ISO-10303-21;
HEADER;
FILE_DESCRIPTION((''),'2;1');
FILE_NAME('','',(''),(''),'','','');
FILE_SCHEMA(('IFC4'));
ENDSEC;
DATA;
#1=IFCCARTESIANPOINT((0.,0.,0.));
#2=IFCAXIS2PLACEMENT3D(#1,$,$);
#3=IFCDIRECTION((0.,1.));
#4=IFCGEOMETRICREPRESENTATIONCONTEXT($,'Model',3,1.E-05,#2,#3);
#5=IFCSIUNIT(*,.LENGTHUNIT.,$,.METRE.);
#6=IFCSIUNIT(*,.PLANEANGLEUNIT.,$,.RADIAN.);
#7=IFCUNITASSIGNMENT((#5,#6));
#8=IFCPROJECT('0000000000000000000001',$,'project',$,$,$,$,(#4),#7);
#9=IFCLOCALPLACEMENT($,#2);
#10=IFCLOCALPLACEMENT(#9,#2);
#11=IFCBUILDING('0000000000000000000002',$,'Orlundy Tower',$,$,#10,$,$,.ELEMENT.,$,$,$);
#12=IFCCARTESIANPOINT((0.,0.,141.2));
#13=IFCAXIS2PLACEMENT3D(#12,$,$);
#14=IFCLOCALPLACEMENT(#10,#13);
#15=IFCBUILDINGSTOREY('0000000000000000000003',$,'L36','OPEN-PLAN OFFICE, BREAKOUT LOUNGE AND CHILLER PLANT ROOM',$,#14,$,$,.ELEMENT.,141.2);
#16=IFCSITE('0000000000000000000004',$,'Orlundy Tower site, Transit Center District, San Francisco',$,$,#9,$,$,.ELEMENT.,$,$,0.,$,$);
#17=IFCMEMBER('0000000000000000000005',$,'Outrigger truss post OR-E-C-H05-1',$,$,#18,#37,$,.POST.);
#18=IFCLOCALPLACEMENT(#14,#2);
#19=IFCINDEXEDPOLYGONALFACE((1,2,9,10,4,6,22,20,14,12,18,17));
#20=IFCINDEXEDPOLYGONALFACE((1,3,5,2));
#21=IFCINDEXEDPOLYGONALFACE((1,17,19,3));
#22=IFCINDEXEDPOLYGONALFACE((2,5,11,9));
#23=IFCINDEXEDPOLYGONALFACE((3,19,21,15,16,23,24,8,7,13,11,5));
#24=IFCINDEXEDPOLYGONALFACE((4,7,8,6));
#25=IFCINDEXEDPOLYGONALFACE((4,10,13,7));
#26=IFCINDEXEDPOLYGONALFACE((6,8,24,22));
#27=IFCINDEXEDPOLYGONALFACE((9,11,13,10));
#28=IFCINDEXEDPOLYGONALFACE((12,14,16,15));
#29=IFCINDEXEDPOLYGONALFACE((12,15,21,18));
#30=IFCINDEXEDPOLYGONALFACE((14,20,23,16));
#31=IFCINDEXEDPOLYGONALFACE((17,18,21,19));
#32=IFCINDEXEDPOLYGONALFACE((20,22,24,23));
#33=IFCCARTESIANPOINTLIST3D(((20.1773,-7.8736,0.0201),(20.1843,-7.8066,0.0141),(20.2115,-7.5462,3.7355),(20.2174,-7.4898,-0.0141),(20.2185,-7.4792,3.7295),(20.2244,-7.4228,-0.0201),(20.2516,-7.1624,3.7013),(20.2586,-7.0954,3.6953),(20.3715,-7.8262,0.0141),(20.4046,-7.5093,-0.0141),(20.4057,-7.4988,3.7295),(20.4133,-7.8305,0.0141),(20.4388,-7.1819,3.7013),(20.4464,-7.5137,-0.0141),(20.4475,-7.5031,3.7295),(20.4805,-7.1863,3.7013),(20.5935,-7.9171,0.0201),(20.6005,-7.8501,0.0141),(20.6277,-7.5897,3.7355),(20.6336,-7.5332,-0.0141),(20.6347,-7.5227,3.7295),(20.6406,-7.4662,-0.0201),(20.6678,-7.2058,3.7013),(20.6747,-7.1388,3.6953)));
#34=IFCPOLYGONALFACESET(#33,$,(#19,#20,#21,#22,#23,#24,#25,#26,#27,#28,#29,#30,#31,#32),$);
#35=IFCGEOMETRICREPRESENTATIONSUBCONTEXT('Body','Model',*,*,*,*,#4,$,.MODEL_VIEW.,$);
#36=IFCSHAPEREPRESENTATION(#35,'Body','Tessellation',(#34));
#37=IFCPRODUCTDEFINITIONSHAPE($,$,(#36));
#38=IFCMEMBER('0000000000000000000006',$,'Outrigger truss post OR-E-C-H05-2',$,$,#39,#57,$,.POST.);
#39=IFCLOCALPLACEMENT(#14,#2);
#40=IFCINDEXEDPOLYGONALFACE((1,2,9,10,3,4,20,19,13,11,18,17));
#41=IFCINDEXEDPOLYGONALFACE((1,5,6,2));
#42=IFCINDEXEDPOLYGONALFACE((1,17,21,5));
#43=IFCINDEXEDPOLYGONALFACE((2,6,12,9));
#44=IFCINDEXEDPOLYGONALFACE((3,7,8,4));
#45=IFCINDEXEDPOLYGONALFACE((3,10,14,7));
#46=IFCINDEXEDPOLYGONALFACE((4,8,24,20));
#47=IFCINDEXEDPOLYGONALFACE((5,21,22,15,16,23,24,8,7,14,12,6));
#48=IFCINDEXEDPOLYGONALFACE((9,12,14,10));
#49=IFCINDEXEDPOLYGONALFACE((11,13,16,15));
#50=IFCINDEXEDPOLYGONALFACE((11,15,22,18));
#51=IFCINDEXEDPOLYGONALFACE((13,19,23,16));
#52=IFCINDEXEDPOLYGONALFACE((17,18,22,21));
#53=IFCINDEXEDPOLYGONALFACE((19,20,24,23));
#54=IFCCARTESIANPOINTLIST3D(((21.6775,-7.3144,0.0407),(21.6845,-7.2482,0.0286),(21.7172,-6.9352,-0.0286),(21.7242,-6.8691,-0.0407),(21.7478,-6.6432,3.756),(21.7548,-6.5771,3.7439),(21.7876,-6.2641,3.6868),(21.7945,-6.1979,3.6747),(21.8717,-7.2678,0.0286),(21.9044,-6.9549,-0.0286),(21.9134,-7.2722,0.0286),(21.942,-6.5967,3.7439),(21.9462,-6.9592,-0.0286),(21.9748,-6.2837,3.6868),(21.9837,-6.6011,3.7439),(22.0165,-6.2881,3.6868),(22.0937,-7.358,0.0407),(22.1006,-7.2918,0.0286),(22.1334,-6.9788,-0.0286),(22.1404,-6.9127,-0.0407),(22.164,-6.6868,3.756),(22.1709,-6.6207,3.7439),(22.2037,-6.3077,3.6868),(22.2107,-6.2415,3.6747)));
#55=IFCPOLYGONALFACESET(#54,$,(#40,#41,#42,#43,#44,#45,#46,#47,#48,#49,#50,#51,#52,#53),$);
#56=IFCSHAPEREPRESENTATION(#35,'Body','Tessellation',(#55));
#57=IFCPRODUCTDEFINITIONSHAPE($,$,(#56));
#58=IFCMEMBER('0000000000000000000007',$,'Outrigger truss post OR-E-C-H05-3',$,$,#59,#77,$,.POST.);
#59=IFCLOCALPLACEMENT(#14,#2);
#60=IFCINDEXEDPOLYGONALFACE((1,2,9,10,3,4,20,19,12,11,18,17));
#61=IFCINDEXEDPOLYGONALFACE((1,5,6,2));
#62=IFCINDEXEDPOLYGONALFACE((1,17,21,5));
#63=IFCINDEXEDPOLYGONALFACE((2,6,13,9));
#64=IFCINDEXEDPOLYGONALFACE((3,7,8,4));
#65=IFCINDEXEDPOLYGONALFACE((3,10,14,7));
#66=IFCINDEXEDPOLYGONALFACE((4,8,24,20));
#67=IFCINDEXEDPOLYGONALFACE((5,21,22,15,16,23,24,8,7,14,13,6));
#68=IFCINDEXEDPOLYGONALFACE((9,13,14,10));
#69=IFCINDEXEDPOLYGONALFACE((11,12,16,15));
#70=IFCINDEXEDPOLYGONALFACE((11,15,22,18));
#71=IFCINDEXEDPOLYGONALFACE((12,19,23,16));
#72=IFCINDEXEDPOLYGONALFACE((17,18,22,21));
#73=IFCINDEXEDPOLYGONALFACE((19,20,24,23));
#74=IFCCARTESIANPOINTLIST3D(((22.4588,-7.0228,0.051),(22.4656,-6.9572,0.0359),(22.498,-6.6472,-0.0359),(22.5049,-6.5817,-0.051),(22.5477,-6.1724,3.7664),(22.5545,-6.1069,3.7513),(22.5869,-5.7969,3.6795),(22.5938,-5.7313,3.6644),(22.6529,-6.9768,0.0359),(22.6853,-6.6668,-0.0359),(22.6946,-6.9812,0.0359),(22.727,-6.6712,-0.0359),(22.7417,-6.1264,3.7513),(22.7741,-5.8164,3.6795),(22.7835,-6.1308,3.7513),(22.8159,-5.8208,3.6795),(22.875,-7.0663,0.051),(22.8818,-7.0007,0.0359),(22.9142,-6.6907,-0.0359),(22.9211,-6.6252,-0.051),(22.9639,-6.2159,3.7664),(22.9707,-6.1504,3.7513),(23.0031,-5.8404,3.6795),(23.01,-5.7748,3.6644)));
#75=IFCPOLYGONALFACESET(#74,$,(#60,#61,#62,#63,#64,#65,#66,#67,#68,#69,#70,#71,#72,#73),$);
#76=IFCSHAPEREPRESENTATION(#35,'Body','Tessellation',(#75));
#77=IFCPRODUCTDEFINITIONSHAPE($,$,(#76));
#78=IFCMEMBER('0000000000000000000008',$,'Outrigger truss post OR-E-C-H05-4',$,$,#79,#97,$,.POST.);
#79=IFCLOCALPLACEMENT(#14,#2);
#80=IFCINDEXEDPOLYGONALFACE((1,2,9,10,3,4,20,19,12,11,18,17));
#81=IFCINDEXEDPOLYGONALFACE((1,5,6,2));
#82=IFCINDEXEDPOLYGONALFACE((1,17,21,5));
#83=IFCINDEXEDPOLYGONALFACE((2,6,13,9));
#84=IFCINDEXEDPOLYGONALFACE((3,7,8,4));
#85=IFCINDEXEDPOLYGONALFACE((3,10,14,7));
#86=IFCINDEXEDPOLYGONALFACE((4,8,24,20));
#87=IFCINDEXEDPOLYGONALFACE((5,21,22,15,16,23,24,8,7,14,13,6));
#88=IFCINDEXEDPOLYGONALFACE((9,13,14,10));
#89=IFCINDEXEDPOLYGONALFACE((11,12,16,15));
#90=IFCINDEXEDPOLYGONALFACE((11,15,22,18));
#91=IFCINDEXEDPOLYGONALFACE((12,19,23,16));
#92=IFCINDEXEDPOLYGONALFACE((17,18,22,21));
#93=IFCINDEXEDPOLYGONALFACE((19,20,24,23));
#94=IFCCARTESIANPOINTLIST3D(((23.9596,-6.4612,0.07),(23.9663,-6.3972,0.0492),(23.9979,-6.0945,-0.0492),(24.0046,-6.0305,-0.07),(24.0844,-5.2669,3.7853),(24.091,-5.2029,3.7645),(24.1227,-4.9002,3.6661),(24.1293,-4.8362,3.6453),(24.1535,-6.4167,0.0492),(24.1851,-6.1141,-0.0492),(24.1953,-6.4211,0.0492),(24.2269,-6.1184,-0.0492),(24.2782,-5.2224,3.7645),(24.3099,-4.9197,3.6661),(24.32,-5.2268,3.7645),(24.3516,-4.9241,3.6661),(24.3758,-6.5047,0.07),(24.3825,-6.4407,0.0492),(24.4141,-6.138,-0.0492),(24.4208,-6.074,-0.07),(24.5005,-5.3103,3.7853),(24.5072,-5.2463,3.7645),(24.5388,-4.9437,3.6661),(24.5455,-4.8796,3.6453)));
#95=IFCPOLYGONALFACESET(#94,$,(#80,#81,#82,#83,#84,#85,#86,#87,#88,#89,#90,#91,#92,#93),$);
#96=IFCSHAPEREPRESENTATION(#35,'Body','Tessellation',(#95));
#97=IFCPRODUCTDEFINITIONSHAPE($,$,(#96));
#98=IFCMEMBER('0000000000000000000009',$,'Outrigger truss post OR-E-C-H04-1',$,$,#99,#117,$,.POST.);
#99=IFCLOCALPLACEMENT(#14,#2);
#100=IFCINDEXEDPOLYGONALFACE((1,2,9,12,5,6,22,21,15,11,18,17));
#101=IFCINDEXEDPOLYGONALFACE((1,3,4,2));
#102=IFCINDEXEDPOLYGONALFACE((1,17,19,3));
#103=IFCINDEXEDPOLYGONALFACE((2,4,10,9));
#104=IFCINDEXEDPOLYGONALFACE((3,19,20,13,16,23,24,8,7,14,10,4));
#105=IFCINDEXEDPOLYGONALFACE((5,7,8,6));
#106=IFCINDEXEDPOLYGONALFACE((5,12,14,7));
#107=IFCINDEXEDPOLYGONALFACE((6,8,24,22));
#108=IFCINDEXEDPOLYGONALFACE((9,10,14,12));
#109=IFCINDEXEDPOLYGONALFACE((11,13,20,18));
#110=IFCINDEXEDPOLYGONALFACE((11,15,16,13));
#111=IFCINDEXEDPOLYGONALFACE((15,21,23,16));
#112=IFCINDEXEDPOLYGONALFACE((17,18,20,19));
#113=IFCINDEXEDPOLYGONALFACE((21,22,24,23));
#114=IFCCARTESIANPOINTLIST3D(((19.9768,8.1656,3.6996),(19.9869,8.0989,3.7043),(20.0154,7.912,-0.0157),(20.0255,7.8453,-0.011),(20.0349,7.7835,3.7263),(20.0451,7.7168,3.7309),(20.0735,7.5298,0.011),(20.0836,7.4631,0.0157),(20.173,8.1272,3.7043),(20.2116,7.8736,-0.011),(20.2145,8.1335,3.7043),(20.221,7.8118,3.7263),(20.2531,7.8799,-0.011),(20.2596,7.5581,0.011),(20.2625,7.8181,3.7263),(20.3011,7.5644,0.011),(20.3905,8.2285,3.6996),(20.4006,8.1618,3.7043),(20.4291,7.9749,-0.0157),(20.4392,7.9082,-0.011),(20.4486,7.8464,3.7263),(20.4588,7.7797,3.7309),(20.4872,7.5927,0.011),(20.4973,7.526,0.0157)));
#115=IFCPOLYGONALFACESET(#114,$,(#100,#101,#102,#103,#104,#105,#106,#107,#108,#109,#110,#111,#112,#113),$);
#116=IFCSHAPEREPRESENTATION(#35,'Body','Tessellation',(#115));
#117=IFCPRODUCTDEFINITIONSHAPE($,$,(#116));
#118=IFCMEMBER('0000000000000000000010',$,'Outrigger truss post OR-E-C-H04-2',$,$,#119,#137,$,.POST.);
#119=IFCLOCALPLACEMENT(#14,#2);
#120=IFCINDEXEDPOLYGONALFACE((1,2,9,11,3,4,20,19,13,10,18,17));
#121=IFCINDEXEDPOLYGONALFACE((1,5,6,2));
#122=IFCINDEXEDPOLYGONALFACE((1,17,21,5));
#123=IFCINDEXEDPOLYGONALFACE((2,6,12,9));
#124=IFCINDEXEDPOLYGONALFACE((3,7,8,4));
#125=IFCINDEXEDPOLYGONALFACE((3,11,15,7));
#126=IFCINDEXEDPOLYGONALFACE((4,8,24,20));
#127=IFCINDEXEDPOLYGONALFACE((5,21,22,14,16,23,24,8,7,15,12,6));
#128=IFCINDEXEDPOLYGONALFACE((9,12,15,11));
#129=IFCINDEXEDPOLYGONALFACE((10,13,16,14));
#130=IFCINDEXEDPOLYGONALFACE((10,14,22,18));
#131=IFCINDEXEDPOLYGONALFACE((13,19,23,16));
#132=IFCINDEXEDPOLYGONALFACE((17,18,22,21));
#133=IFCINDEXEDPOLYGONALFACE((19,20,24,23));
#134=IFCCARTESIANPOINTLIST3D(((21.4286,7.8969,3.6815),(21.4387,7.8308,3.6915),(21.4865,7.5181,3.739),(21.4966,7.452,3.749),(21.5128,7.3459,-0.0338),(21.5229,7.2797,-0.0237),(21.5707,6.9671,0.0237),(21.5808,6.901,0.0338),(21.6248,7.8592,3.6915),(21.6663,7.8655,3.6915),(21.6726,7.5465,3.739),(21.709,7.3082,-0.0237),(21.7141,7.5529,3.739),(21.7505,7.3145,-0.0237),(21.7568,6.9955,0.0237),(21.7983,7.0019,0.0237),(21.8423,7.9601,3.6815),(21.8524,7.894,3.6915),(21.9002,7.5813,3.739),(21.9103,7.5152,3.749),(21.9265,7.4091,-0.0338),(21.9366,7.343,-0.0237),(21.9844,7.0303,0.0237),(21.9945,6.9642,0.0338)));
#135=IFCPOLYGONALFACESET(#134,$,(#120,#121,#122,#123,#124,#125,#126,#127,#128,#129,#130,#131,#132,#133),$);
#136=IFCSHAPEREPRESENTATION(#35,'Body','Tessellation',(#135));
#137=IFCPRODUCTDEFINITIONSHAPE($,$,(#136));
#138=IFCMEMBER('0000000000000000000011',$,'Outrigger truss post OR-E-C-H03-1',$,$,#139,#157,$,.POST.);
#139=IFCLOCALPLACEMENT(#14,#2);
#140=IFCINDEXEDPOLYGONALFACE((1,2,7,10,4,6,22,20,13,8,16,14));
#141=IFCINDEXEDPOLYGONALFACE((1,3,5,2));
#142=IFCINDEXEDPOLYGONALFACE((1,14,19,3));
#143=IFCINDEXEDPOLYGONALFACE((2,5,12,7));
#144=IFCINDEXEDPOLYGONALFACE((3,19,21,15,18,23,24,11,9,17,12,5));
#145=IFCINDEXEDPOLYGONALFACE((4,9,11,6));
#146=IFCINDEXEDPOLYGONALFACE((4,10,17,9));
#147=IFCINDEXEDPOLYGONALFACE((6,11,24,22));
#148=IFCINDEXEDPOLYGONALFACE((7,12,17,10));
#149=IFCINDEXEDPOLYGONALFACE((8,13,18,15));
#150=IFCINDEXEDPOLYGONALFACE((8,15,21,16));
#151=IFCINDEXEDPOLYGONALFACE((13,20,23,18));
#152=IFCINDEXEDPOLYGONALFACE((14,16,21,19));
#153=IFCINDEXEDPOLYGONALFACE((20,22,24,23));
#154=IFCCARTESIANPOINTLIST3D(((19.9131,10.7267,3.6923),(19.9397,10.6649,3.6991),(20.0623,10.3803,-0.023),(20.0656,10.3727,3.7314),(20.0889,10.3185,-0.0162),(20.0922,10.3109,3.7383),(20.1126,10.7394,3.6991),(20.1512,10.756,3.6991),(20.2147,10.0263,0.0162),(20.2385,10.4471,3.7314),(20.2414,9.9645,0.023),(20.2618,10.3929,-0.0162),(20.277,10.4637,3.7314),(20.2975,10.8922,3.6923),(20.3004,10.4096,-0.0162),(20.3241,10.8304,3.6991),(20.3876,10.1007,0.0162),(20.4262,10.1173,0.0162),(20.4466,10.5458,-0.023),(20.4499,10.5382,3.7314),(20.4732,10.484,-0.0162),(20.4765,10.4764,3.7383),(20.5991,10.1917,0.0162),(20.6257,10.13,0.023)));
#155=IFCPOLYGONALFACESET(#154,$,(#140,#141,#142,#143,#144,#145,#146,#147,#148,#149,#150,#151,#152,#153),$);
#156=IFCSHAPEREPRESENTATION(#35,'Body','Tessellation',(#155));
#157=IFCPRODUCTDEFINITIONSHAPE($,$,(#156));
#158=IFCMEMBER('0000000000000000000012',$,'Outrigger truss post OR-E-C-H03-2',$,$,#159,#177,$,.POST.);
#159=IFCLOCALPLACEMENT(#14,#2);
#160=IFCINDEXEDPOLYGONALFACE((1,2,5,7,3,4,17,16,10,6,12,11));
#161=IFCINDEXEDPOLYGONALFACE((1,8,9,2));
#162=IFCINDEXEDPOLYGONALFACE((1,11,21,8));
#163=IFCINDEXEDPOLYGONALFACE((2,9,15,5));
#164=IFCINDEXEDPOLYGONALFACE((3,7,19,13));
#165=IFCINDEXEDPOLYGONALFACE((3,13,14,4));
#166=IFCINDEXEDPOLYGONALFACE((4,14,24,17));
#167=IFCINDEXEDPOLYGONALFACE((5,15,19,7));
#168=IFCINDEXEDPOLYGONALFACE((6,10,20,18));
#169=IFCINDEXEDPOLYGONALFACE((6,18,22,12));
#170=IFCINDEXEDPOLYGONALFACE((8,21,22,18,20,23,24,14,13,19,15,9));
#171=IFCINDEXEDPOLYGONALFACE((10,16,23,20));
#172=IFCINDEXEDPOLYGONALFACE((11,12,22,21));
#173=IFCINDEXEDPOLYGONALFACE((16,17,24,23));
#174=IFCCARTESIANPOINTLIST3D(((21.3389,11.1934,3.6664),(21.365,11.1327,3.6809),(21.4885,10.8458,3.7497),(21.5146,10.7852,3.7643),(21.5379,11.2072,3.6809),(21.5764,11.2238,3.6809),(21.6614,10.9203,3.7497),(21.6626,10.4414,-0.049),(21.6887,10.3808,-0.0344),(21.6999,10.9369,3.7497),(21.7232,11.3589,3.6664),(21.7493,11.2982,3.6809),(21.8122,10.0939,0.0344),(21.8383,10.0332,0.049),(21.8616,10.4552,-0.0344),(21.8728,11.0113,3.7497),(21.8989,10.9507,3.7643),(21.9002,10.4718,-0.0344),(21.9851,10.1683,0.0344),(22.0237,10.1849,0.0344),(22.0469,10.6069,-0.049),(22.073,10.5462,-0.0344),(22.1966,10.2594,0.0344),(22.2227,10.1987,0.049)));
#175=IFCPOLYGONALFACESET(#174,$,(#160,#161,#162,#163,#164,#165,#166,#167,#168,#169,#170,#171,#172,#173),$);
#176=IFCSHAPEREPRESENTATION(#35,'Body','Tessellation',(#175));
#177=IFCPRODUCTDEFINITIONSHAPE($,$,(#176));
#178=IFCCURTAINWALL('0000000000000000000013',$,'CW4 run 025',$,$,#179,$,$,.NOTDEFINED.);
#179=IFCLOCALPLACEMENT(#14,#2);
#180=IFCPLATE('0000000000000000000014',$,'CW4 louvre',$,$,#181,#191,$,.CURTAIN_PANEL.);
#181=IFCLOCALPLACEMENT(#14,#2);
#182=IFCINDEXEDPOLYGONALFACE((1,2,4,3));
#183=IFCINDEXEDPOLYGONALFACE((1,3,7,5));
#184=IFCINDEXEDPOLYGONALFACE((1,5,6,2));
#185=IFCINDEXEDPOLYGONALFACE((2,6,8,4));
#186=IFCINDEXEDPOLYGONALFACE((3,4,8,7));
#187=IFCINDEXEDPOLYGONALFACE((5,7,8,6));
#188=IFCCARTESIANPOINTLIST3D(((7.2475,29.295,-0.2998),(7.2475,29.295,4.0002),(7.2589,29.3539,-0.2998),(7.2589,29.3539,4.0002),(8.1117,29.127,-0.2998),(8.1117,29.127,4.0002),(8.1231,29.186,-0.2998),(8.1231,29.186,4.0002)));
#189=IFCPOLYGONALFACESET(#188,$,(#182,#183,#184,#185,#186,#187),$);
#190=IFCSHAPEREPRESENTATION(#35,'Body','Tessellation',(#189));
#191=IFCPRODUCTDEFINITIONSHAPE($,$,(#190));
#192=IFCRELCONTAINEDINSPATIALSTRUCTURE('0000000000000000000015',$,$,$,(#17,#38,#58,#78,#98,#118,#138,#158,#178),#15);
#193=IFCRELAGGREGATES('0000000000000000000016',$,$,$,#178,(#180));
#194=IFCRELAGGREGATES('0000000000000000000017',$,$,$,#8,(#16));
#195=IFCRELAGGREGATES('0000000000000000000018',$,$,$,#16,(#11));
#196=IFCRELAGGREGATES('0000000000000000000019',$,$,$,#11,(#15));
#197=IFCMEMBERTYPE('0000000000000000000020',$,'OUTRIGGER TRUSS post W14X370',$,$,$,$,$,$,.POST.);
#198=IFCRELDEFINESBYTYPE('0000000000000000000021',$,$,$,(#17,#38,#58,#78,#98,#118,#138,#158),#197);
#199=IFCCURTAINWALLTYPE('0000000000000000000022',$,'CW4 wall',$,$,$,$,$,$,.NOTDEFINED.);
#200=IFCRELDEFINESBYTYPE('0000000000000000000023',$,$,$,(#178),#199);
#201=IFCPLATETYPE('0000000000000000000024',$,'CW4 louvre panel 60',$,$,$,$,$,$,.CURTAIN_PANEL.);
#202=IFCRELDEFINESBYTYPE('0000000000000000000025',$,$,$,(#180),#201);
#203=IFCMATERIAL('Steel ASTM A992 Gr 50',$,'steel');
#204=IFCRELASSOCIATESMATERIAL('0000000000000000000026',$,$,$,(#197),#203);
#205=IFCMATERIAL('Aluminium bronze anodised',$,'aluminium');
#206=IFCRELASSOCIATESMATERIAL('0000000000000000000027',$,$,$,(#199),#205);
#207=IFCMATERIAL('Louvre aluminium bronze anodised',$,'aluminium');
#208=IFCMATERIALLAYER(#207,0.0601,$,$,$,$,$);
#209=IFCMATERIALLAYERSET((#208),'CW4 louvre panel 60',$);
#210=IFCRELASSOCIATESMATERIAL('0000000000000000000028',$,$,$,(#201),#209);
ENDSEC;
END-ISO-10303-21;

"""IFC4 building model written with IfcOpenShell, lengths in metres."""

from ifc_helpers import new_model, si_unit, direction, frame, origin, origin_2d, place, context, subcontext, project, spatial, rectangle, i_section, extrude, material, layer, layer_set, material_profile, profile_set, type_object, element, aggregate, save


model = new_model("IFC4")

# Units and contexts
model_context = context("Model", 3, precision=1e-05, world=origin(), true_north=direction((0.0, 1.0)))
body_context = subcontext(model_context, "Body", "Model", "MODEL_VIEW")
ifc_project = project(units=[si_unit("LENGTHUNIT", "METRE"), si_unit("PLANEANGLEUNIT", "RADIAN")], contexts=[model_context])

# Site, building, storey
site_placement = place(None, origin())
site = spatial("IfcSite", under=ifc_project, at=site_placement, Name="Orlundy Tower site, Transit Center District, San Francisco", CompositionType="ELEMENT", RefElevation=0.0)
building_placement = place(site_placement, origin())
building = spatial("IfcBuilding", under=site, at=building_placement, Name="Orlundy Tower", CompositionType="ELEMENT")
storey_placement = place(building_placement, frame((0.0, 0.0, 141.2)))
storey = spatial("IfcBuildingStorey", under=building, at=storey_placement, Name="L36", Description="OPEN-PLAN OFFICE, BREAKOUT LOUNGE AND CHILLER PLANT ROOM", CompositionType="ELEMENT", Elevation=141.2)

# Members
ifc_material_1 = material(Name="Steel ASTM A992 Gr 50", Category="steel")
ifc_material_profile = material_profile(ifc_material_1, i_section(OverallWidth=0.4185, OverallDepth=0.4551, WebThickness=0.042, FlangeThickness=0.0676, at=origin_2d()), Name="W14X370")
ifc_profile_set = profile_set([ifc_material_profile], Name="Steel ASTM A992 Gr 50")
member_type = type_object("IfcMemberType", Name="OUTRIGGER TRUSS post W14X370", PredefinedType="POST", material=ifc_profile_set)
member_1_placement = place(storey_placement, frame((20.4089, -7.6699, 0.0), z_axis=(0.009164, 0.087776, 0.996098), x_axis=(-0.994594, 0.103835, 0.0)))
element("IfcMember", 1, at=member_1_placement, inside=storey, type_object=member_type, Name="Outrigger truss post OR-E-C-H05-1", PredefinedType="POST", context=body_context, shape_type="SweptSolid", body=[
    extrude(i_section(OverallWidth=0.4185, OverallDepth=0.4551, WebThickness=0.042, FlangeThickness=0.0676, at=origin_2d()), origin(), (0.0, 0.0, 1.0), 3.73),
])
member_2_placement = place(storey_placement, frame((21.9089, -7.1135, 0.0), z_axis=(0.01862, 0.177733, 0.983902), x_axis=(-0.994557, 0.104195, 0.0)))
element("IfcMember", 2, at=member_2_placement, inside=storey, type_object=member_type, Name="Outrigger truss post OR-E-C-H05-2", PredefinedType="POST", context=body_context, shape_type="SweptSolid", body=[
    extrude(i_section(OverallWidth=0.4185, OverallDepth=0.4551, WebThickness=0.042, FlangeThickness=0.0676, at=origin_2d()), origin(), (0.0, 0.0, 1.0), 3.7761),
])
member_3_placement = place(storey_placement, frame((22.6899, -6.824, 0.0), z_axis=(0.02331, 0.223044, 0.97453), x_axis=(-0.994583, 0.103942, 0.0)))
element("IfcMember", 3, at=member_3_placement, inside=storey, type_object=member_type, Name="Outrigger truss post OR-E-C-H05-3", PredefinedType="POST", context=body_context, shape_type="SweptSolid", body=[
    extrude(i_section(OverallWidth=0.4185, OverallDepth=0.4551, WebThickness=0.042, FlangeThickness=0.0676, at=origin_2d()), origin(), (0.0, 0.0, 1.0), 3.8125),
])
member_4_placement = place(storey_placement, frame((24.1902, -6.2676, 0.0), z_axis=(0.031951, 0.305881, 0.951533), x_axis=(-0.994589, 0.103891, 0.0)))
element("IfcMember", 4, at=member_4_placement, inside=storey, type_object=member_type, Name="Outrigger truss post OR-E-C-H05-4", PredefinedType="POST", context=body_context, shape_type="SweptSolid", body=[
    extrude(i_section(OverallWidth=0.4185, OverallDepth=0.4551, WebThickness=0.042, FlangeThickness=0.0676, at=origin_2d()), origin(), (0.0, 0.0, 1.0), 3.9045),
])
member_5_placement = place(storey_placement, frame((20.2563, 7.719, 0.0), z_axis=(-0.010358, 0.068112, 0.997624), x_axis=(-0.988634, -0.150341, 0.0)))
element("IfcMember", 5, at=member_5_placement, inside=storey, type_object=member_type, Name="Outrigger truss post OR-E-C-H04-1", PredefinedType="POST", context=body_context, shape_type="SweptSolid", body=[
    extrude(i_section(OverallWidth=0.4185, OverallDepth=0.4551, WebThickness=0.042, FlangeThickness=0.0676, at=origin_2d()), origin(), (0.0, 0.0, 1.0), 3.7241),
])
member_6_placement = place(storey_placement, frame((21.7537, 7.155, 0.0), z_axis=(-0.02242, 0.14667, 0.988931), x_axis=(-0.988518, -0.151103, 0.0)))
element("IfcMember", 6, at=member_6_placement, inside=storey, type_object=member_type, Name="Outrigger truss post OR-E-C-H04-2", PredefinedType="POST", context=body_context, shape_type="SweptSolid", body=[
    extrude(i_section(OverallWidth=0.4185, OverallDepth=0.4551, WebThickness=0.042, FlangeThickness=0.0676, at=origin_2d()), origin(), (0.0, 0.0, 1.0), 3.7568),
])
member_7_placement = place(storey_placement, frame((20.344, 10.2551, 0.0), z_axis=(-0.039945, 0.092768, 0.994886), x_axis=(-0.918474, -0.395481, 0.0)))
element("IfcMember", 7, at=member_7_placement, inside=storey, type_object=member_type, Name="Outrigger truss post OR-E-C-H03-1", PredefinedType="POST", context=body_context, shape_type="SweptSolid", body=[
    extrude(i_section(OverallWidth=0.4185, OverallDepth=0.4551, WebThickness=0.042, FlangeThickness=0.0676, at=origin_2d()), origin(), (0.0, 0.0, 1.0), 3.7344),
])
member_8_placement = place(storey_placement, frame((21.9426, 10.3201, 0.0), z_axis=(-0.085092, 0.19765, 0.976572), x_axis=(-0.918496, -0.39543, 0.0)))
element("IfcMember", 8, at=member_8_placement, inside=storey, type_object=member_type, Name="Outrigger truss post OR-E-C-H03-2", PredefinedType="POST", context=body_context, shape_type="SweptSolid", body=[
    extrude(i_section(OverallWidth=0.4185, OverallDepth=0.4551, WebThickness=0.042, FlangeThickness=0.0676, at=origin_2d()), origin(), (0.0, 0.0, 1.0), 3.8044),
])

# Curtain wall, plate
ifc_material_2 = material(Name="Aluminium bronze anodised", Category="aluminium")
curtain_wall_type = type_object("IfcCurtainWallType", Name="CW4 wall", PredefinedType="NOTDEFINED", material=ifc_material_2)
curtain_wall_1_placement = place(storey_placement, origin())
curtain_wall_1 = element("IfcCurtainWall", 9, at=curtain_wall_1_placement, inside=storey, type_object=curtain_wall_type, Name="CW4 run 025", PredefinedType="NOTDEFINED")
ifc_material_3 = material(Name="Louvre aluminium bronze anodised", Category="aluminium")
ifc_layer_1 = layer(ifc_material_3, 0.0601)
ifc_layer_set_1 = layer_set([ifc_layer_1], Name="CW4 louvre panel 60")
plate_type = type_object("IfcPlateType", Name="CW4 louvre panel 60", PredefinedType="CURTAIN_PANEL", material=ifc_layer_set_1)
plate_1_placement = place(storey_placement, frame((7.6853, 29.2405, -0.2998), z_axis=(0.0, 0.0, 1.0), x_axis=(0.981635, -0.190769, 0.0)))
plate_1 = element("IfcPlate", 10, at=plate_1_placement, type_object=plate_type, Name="CW4 louvre", PredefinedType="CURTAIN_PANEL", context=body_context, shape_type="SweptSolid", body=[
    extrude(rectangle(XDim=0.8804, YDim=0.0601, at=origin_2d()), origin(), (0.0, 0.0, 1.0), 4.3),
])
aggregate(curtain_wall_1, [plate_1])

save(model, "model.ifc")
